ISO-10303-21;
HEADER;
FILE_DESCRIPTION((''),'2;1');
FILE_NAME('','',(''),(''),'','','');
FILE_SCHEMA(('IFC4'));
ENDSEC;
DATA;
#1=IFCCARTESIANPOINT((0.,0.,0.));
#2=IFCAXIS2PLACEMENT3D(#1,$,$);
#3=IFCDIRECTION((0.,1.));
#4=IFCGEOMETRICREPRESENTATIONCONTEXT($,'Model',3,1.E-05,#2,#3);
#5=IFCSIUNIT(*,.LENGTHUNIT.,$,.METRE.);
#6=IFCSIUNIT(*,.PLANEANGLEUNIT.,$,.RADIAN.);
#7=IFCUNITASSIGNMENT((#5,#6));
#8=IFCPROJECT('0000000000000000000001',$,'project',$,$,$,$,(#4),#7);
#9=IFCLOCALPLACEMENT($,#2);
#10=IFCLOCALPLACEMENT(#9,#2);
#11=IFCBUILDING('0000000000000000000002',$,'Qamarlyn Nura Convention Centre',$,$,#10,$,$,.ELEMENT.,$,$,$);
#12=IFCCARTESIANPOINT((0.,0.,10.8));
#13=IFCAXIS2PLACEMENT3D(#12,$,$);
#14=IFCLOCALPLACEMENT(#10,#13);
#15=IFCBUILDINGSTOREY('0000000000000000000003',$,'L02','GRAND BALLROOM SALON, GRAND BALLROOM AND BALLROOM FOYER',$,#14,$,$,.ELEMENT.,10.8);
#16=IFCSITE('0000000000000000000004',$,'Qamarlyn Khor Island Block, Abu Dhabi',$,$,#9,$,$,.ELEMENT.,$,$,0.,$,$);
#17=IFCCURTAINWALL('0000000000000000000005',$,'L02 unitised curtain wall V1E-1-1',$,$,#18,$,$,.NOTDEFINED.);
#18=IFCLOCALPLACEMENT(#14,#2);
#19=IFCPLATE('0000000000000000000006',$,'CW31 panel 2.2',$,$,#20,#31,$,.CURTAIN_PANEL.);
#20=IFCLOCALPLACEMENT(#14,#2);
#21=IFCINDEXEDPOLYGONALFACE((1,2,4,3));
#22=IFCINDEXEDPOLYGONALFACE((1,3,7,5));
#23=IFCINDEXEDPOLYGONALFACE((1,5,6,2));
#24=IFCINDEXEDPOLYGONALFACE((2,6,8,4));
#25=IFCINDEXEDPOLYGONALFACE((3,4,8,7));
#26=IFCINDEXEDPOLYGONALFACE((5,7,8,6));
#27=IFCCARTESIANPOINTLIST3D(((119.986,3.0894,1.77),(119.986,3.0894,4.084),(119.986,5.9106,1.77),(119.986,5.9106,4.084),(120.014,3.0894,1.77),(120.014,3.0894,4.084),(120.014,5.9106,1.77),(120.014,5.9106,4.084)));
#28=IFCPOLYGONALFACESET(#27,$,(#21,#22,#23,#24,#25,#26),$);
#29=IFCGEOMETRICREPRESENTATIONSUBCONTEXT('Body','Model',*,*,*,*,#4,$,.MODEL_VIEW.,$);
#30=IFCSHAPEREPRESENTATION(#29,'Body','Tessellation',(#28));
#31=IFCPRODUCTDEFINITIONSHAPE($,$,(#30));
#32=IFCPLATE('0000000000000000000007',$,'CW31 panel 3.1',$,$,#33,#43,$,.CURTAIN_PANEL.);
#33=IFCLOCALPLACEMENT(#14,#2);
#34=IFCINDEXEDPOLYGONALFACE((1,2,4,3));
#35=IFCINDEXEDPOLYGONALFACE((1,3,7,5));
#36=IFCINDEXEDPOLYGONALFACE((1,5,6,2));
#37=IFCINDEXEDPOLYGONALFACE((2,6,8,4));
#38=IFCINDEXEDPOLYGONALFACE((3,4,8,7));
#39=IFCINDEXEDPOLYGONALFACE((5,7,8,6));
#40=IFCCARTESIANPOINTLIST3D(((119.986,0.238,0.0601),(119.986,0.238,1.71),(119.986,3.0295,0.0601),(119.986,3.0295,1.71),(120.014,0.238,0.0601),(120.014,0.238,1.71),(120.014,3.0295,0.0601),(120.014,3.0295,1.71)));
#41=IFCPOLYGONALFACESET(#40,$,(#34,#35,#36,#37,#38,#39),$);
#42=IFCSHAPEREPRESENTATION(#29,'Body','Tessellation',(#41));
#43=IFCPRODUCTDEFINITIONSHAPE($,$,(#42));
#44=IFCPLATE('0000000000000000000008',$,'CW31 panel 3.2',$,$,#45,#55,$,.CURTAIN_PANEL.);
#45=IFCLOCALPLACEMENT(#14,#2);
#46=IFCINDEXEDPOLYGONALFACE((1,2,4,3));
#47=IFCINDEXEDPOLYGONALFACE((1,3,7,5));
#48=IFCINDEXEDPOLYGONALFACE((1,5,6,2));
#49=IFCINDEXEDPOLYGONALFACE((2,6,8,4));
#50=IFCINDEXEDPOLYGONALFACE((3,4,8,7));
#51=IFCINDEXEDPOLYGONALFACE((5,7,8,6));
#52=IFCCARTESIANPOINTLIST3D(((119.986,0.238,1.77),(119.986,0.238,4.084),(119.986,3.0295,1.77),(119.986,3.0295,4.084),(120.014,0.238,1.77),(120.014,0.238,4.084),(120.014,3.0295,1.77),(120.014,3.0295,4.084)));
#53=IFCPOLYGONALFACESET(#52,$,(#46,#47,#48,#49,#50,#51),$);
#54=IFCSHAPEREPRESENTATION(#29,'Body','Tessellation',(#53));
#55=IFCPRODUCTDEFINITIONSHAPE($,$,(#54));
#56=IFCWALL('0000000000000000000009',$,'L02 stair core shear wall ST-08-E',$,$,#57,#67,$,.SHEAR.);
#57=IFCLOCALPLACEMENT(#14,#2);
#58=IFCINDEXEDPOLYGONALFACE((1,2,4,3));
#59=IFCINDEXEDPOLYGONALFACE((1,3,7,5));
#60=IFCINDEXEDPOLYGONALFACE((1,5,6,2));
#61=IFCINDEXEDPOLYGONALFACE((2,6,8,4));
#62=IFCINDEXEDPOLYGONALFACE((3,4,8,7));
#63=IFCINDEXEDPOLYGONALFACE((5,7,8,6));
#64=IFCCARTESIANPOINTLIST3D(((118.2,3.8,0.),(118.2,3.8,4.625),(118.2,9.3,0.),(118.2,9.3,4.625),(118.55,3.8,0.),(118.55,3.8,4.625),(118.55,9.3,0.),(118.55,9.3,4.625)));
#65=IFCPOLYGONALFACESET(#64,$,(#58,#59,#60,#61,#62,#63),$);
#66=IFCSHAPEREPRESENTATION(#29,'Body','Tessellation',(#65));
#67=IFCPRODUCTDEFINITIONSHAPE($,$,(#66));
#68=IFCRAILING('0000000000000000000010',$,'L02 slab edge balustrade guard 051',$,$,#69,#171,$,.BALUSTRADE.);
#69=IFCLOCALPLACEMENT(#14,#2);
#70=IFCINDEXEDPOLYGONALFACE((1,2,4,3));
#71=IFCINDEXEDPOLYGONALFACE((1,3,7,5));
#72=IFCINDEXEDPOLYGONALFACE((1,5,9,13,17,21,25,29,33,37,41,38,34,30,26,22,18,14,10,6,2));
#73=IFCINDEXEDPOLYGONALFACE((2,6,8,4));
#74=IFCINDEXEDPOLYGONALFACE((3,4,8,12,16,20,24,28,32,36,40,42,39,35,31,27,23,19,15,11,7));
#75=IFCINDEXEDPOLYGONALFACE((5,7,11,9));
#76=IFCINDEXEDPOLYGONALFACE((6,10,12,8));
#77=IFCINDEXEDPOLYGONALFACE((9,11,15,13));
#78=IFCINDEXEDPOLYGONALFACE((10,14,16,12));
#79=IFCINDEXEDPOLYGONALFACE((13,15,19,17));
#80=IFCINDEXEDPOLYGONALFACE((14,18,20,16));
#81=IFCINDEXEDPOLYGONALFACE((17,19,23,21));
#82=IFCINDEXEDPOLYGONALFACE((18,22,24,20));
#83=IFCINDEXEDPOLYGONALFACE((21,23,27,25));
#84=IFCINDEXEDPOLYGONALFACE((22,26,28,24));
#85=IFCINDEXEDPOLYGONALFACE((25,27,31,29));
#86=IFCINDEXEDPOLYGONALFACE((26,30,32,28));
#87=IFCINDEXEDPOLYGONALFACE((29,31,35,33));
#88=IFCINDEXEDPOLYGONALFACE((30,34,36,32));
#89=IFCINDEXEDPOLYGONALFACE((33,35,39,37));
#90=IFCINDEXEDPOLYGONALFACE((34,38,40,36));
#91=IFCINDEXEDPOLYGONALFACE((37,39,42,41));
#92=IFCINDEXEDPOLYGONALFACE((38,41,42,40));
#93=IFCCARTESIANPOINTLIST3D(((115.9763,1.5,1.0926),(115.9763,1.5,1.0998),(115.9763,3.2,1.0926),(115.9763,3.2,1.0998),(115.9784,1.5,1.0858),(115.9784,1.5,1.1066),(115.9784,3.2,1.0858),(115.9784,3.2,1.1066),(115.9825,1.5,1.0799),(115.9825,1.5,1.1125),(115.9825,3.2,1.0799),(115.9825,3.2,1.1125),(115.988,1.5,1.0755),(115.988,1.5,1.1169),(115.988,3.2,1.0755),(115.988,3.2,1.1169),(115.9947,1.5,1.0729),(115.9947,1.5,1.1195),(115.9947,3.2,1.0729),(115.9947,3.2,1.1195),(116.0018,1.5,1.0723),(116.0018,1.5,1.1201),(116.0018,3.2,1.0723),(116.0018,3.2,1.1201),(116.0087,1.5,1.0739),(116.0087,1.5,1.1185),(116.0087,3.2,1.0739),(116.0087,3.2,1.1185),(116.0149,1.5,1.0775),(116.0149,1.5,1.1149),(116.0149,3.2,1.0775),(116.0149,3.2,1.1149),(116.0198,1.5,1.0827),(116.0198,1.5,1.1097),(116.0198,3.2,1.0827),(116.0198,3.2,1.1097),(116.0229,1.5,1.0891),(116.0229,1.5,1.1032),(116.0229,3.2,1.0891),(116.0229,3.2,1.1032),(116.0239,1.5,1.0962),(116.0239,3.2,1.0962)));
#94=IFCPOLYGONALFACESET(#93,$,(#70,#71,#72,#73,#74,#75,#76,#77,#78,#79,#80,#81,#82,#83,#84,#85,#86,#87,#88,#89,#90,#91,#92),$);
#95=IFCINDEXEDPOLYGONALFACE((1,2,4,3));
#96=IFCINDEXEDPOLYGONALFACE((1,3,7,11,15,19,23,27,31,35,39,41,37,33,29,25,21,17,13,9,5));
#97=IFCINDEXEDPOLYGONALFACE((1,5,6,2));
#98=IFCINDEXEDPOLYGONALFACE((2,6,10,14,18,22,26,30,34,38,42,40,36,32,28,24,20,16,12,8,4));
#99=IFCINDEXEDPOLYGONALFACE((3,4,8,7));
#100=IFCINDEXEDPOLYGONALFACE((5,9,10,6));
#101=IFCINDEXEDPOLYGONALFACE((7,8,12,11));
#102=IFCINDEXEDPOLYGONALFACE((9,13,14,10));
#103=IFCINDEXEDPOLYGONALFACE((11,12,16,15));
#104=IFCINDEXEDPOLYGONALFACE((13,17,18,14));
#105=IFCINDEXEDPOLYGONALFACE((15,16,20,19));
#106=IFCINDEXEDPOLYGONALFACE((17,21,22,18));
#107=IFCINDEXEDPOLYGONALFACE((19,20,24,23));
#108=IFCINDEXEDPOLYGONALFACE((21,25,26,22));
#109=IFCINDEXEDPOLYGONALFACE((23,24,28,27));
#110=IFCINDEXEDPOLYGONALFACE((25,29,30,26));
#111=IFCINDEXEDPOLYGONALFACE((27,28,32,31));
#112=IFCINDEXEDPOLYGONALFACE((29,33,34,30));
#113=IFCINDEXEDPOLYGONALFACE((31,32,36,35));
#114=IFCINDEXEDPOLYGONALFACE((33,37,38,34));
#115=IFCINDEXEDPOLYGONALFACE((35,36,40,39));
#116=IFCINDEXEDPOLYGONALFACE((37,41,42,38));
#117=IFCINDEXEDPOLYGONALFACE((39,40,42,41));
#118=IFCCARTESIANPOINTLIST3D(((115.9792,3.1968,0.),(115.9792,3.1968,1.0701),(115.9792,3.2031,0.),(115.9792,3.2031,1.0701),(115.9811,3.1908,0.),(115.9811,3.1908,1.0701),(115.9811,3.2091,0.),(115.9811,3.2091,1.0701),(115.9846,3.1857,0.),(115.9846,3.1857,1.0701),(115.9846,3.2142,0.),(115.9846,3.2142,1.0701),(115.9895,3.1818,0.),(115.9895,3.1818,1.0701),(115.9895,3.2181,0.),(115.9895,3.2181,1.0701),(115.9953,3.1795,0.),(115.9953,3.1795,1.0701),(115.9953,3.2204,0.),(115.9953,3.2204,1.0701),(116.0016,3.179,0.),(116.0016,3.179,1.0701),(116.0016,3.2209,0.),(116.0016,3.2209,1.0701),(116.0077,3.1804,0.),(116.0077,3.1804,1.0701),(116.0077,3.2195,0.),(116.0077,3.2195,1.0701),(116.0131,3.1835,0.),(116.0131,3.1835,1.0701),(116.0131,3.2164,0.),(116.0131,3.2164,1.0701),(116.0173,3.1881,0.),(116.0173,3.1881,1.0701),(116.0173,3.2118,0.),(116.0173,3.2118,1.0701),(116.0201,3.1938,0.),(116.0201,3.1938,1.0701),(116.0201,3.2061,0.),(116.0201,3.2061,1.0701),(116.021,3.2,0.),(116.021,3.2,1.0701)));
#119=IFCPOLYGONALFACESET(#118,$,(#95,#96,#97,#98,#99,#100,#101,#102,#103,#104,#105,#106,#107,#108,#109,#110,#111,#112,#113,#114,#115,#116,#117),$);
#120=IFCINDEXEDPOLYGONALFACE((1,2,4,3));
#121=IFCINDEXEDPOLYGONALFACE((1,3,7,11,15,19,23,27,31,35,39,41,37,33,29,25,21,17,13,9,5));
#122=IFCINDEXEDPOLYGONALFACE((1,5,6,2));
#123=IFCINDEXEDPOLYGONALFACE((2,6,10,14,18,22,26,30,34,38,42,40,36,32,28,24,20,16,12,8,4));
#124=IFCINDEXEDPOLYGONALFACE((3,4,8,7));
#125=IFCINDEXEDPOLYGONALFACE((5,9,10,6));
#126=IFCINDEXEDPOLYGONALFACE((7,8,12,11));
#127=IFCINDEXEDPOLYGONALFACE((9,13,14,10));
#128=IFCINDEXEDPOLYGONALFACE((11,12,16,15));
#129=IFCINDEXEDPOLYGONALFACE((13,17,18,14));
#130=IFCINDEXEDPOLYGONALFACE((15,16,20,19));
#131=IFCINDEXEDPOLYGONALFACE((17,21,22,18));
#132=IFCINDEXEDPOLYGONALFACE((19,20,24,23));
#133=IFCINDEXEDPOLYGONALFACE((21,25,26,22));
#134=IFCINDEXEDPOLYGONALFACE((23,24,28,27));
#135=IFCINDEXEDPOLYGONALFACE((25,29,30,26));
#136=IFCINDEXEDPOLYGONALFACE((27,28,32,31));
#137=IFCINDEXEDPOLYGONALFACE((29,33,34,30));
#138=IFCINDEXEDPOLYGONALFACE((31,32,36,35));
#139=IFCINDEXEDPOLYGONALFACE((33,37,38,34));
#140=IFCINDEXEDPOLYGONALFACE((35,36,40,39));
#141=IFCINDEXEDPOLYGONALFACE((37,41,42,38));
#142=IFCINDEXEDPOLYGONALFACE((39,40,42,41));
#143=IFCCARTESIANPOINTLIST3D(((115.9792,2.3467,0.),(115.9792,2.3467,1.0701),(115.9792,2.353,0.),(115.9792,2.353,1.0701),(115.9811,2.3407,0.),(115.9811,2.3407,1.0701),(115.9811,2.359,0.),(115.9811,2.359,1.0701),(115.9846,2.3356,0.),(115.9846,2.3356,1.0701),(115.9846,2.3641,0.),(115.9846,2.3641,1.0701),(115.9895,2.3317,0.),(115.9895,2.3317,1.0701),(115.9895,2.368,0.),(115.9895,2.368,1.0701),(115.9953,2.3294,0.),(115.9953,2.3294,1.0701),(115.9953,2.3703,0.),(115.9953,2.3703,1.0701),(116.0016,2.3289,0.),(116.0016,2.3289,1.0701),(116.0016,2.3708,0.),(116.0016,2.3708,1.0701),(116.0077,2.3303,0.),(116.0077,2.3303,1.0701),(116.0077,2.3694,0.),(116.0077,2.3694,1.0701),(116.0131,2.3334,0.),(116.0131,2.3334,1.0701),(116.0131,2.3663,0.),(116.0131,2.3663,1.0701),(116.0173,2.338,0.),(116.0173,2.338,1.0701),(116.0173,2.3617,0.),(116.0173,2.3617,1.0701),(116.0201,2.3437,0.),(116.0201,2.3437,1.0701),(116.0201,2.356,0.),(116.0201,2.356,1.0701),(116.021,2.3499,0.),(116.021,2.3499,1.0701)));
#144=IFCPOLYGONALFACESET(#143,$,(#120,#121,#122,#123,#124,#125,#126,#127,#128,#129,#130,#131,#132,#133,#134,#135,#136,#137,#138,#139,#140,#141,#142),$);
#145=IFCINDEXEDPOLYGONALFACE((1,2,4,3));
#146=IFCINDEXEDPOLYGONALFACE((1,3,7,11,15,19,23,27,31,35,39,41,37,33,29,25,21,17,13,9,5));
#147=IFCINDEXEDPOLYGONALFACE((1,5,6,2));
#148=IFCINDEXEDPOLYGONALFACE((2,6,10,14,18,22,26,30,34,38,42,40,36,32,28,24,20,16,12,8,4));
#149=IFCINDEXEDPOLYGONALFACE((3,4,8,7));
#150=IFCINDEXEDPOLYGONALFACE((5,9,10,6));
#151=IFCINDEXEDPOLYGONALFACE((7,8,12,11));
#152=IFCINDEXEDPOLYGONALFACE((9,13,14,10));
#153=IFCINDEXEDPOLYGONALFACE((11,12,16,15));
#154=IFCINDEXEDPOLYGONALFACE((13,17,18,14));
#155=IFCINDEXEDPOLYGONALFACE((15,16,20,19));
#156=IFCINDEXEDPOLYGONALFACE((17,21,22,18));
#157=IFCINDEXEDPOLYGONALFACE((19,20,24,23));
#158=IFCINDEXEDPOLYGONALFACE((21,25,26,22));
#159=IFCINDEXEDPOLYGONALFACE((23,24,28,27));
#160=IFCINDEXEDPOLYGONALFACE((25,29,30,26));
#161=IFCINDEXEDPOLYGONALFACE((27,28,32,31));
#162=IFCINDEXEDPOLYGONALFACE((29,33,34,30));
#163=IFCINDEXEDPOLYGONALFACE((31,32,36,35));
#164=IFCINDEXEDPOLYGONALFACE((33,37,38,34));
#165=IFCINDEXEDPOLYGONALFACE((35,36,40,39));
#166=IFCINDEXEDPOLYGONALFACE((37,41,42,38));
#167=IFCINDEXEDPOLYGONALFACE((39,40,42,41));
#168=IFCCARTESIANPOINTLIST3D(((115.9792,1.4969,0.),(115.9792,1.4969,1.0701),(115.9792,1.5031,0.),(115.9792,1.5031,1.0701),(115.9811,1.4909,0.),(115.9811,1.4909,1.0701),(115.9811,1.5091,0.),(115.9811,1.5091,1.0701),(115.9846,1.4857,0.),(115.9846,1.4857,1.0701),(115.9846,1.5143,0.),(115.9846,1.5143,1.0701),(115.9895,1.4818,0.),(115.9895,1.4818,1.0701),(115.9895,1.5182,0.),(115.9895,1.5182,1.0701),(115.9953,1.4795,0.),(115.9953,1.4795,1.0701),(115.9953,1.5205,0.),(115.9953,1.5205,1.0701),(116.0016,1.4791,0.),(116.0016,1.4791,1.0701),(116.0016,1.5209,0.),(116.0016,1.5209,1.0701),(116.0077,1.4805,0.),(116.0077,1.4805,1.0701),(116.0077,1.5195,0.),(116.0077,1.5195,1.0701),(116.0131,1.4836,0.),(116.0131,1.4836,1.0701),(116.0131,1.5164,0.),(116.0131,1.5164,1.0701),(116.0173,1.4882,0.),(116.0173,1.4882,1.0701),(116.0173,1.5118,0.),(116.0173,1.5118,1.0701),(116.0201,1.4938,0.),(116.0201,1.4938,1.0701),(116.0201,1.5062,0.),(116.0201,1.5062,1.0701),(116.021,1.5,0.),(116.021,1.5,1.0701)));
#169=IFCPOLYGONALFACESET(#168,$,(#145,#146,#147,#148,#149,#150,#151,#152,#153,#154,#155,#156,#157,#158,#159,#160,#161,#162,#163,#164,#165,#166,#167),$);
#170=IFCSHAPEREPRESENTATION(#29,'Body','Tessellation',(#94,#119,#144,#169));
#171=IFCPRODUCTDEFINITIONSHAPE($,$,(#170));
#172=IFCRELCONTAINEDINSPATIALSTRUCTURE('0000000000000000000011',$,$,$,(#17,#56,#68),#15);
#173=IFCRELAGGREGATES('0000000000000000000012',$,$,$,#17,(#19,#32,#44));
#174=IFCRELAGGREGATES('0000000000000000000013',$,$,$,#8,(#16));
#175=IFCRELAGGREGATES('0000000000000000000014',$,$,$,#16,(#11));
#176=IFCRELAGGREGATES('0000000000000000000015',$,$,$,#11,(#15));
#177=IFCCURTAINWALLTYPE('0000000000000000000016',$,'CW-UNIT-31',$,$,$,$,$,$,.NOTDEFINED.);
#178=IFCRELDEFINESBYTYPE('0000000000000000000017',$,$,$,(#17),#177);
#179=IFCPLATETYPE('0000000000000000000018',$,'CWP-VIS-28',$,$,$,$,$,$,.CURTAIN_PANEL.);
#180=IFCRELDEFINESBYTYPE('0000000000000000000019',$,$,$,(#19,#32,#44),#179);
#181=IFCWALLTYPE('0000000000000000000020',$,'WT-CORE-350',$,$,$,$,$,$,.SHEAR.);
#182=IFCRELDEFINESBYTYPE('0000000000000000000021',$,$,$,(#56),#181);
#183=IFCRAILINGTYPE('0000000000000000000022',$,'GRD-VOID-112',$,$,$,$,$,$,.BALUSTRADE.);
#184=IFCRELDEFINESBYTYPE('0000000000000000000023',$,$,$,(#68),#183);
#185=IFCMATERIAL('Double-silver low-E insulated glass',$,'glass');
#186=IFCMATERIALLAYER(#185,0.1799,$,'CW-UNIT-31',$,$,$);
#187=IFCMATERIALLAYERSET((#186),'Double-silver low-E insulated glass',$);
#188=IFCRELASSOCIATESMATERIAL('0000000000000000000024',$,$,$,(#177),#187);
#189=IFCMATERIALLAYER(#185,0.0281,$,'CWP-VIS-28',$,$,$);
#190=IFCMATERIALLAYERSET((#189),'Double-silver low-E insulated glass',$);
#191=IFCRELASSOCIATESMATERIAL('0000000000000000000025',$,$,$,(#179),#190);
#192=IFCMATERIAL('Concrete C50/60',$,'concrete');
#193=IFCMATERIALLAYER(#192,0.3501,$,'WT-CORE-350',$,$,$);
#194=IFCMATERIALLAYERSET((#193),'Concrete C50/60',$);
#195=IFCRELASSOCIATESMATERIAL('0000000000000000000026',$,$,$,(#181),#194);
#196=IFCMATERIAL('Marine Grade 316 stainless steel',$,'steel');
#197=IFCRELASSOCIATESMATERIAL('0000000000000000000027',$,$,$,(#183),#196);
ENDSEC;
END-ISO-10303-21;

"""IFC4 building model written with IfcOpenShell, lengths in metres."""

from ifc_helpers import new_model, si_unit, direction, frame, frame_2d, origin, origin_2d, place, context, subcontext, project, spatial, rectangle, circle, extrude, material, layer, layer_set, type_object, element, aggregate, save


model = new_model("IFC4")

# Units and contexts
model_context = context("Model", 3, precision=1e-05, world=origin(), true_north=direction((0.0, 1.0)))
body_context = subcontext(model_context, "Body", "Model", "MODEL_VIEW")
ifc_project = project(units=[si_unit("LENGTHUNIT", "METRE"), si_unit("PLANEANGLEUNIT", "RADIAN")], contexts=[model_context])

# Site, building, storey
site_placement = place(None, origin())
site = spatial("IfcSite", under=ifc_project, at=site_placement, Name="Qamarlyn Khor Island Block, Abu Dhabi", CompositionType="ELEMENT", RefElevation=0.0)
building_placement = place(site_placement, origin())
building = spatial("IfcBuilding", under=site, at=building_placement, Name="Qamarlyn Nura Convention Centre", CompositionType="ELEMENT")
storey_placement = place(building_placement, frame((0.0, 0.0, 10.8)))
storey = spatial("IfcBuildingStorey", under=building, at=storey_placement, Name="L02", Description="GRAND BALLROOM SALON, GRAND BALLROOM AND BALLROOM FOYER", CompositionType="ELEMENT", Elevation=10.8)

# Curtain wall, plates
ifc_material_1 = material(Name="Double-silver low-E insulated glass", Category="glass")
ifc_layer_1 = layer(ifc_material_1, 0.1799, Name="CW-UNIT-31")
ifc_layer_set_1 = layer_set([ifc_layer_1], Name="Double-silver low-E insulated glass")
curtain_wall_type = type_object("IfcCurtainWallType", Name="CW-UNIT-31", PredefinedType="NOTDEFINED", material=ifc_layer_set_1)
curtain_wall_placement = place(storey_placement, origin())
curtain_wall = element("IfcCurtainWall", 1, at=curtain_wall_placement, inside=storey, type_object=curtain_wall_type, Name="L02 unitised curtain wall V1E-1-1", PredefinedType="NOTDEFINED")
ifc_layer_2 = layer(ifc_material_1, 0.0281, Name="CWP-VIS-28")
ifc_layer_set_2 = layer_set([ifc_layer_2], Name="Double-silver low-E insulated glass")
plate_type = type_object("IfcPlateType", Name="CWP-VIS-28", PredefinedType="CURTAIN_PANEL", material=ifc_layer_set_2)
plate_1_placement = place(storey_placement, frame((120.0, 4.5, 1.77), z_axis=(0.0, 0.0, 1.0), x_axis=(0.0, -1.0, 0.0)))
plate_1 = element("IfcPlate", 2, at=plate_1_placement, type_object=plate_type, Name="CW31 panel 2.2", PredefinedType="CURTAIN_PANEL", context=body_context, shape_type="SweptSolid", body=[
    extrude(rectangle(XDim=2.8213, YDim=0.0281, at=origin_2d()), origin(), (0.0, 0.0, 1.0), 2.314),
])
plate_2_placement = place(storey_placement, frame((120.0, 1.6338, 0.0601), z_axis=(0.0, 0.0, 1.0), x_axis=(0.0, -1.0, 0.0)))
plate_2 = element("IfcPlate", 3, at=plate_2_placement, type_object=plate_type, Name="CW31 panel 3.1", PredefinedType="CURTAIN_PANEL", context=body_context, shape_type="SweptSolid", body=[
    extrude(rectangle(XDim=2.7915, YDim=0.0281, at=origin_2d()), origin(), (0.0, 0.0, 1.0), 1.6499),
])
plate_3_placement = place(storey_placement, frame((120.0, 1.6338, 1.77), z_axis=(0.0, 0.0, 1.0), x_axis=(0.0, -1.0, 0.0)))
plate_3 = element("IfcPlate", 4, at=plate_3_placement, type_object=plate_type, Name="CW31 panel 3.2", PredefinedType="CURTAIN_PANEL", context=body_context, shape_type="SweptSolid", body=[
    extrude(rectangle(XDim=2.7915, YDim=0.0281, at=origin_2d()), origin(), (0.0, 0.0, 1.0), 2.314),
])
aggregate(curtain_wall, [plate_1, plate_2, plate_3])

# Wall
ifc_material_2 = material(Name="Concrete C50/60", Category="concrete")
ifc_layer_3 = layer(ifc_material_2, 0.3501, Name="WT-CORE-350")
ifc_layer_set_3 = layer_set([ifc_layer_3], Name="Concrete C50/60")
wall_type = type_object("IfcWallType", Name="WT-CORE-350", PredefinedType="SHEAR", material=ifc_layer_set_3)
wall_placement = place(storey_placement, frame((118.375, 3.8, 0.0), z_axis=(0.0, 0.0, 1.0), x_axis=(0.0, 1.0, 0.0)))
element("IfcWall", 5, at=wall_placement, inside=storey, type_object=wall_type, Name="L02 stair core shear wall ST-08-E", PredefinedType="SHEAR", context=body_context, shape_type="SweptSolid", body=[
    extrude(rectangle(XDim=5.5, YDim=0.3501, at=frame_2d((2.75, 0.0))), origin(), (0.0, 0.0, 1.0), 4.625),
])

# Railing
ifc_material_3 = material(Name="Marine Grade 316 stainless steel", Category="steel")
railing_type = type_object("IfcRailingType", Name="GRD-VOID-112", PredefinedType="BALUSTRADE", material=ifc_material_3)
railing_1_placement = place(storey_placement, frame((116.0, 3.2, 0.0)))
element("IfcRailing", 6, at=railing_1_placement, inside=storey, type_object=railing_type, Name="L02 slab edge balustrade guard 051", PredefinedType="BALUSTRADE", context=body_context, shape_type="SweptSolid", body=[
    extrude(circle(Radius=0.0239, at=origin_2d()), frame((0.0, 0.0, 1.0962), z_axis=(0.0, -1.0, 0.0), x_axis=(1.0, 0.0, 0.0)), (0.0, 0.0, 1.0), 1.7),
    extrude(circle(Radius=0.021, at=origin_2d()), origin(), (0.0, 0.0, 1.0), 1.0701),
    extrude(circle(Radius=0.021, at=origin_2d()), frame((0.0, -0.8501, 0.0)), (0.0, 0.0, 1.0), 1.0701),
    extrude(circle(Radius=0.021, at=origin_2d()), frame((0.0, -1.7, 0.0)), (0.0, 0.0, 1.0), 1.0701),
])

save(model, "model.ifc")
